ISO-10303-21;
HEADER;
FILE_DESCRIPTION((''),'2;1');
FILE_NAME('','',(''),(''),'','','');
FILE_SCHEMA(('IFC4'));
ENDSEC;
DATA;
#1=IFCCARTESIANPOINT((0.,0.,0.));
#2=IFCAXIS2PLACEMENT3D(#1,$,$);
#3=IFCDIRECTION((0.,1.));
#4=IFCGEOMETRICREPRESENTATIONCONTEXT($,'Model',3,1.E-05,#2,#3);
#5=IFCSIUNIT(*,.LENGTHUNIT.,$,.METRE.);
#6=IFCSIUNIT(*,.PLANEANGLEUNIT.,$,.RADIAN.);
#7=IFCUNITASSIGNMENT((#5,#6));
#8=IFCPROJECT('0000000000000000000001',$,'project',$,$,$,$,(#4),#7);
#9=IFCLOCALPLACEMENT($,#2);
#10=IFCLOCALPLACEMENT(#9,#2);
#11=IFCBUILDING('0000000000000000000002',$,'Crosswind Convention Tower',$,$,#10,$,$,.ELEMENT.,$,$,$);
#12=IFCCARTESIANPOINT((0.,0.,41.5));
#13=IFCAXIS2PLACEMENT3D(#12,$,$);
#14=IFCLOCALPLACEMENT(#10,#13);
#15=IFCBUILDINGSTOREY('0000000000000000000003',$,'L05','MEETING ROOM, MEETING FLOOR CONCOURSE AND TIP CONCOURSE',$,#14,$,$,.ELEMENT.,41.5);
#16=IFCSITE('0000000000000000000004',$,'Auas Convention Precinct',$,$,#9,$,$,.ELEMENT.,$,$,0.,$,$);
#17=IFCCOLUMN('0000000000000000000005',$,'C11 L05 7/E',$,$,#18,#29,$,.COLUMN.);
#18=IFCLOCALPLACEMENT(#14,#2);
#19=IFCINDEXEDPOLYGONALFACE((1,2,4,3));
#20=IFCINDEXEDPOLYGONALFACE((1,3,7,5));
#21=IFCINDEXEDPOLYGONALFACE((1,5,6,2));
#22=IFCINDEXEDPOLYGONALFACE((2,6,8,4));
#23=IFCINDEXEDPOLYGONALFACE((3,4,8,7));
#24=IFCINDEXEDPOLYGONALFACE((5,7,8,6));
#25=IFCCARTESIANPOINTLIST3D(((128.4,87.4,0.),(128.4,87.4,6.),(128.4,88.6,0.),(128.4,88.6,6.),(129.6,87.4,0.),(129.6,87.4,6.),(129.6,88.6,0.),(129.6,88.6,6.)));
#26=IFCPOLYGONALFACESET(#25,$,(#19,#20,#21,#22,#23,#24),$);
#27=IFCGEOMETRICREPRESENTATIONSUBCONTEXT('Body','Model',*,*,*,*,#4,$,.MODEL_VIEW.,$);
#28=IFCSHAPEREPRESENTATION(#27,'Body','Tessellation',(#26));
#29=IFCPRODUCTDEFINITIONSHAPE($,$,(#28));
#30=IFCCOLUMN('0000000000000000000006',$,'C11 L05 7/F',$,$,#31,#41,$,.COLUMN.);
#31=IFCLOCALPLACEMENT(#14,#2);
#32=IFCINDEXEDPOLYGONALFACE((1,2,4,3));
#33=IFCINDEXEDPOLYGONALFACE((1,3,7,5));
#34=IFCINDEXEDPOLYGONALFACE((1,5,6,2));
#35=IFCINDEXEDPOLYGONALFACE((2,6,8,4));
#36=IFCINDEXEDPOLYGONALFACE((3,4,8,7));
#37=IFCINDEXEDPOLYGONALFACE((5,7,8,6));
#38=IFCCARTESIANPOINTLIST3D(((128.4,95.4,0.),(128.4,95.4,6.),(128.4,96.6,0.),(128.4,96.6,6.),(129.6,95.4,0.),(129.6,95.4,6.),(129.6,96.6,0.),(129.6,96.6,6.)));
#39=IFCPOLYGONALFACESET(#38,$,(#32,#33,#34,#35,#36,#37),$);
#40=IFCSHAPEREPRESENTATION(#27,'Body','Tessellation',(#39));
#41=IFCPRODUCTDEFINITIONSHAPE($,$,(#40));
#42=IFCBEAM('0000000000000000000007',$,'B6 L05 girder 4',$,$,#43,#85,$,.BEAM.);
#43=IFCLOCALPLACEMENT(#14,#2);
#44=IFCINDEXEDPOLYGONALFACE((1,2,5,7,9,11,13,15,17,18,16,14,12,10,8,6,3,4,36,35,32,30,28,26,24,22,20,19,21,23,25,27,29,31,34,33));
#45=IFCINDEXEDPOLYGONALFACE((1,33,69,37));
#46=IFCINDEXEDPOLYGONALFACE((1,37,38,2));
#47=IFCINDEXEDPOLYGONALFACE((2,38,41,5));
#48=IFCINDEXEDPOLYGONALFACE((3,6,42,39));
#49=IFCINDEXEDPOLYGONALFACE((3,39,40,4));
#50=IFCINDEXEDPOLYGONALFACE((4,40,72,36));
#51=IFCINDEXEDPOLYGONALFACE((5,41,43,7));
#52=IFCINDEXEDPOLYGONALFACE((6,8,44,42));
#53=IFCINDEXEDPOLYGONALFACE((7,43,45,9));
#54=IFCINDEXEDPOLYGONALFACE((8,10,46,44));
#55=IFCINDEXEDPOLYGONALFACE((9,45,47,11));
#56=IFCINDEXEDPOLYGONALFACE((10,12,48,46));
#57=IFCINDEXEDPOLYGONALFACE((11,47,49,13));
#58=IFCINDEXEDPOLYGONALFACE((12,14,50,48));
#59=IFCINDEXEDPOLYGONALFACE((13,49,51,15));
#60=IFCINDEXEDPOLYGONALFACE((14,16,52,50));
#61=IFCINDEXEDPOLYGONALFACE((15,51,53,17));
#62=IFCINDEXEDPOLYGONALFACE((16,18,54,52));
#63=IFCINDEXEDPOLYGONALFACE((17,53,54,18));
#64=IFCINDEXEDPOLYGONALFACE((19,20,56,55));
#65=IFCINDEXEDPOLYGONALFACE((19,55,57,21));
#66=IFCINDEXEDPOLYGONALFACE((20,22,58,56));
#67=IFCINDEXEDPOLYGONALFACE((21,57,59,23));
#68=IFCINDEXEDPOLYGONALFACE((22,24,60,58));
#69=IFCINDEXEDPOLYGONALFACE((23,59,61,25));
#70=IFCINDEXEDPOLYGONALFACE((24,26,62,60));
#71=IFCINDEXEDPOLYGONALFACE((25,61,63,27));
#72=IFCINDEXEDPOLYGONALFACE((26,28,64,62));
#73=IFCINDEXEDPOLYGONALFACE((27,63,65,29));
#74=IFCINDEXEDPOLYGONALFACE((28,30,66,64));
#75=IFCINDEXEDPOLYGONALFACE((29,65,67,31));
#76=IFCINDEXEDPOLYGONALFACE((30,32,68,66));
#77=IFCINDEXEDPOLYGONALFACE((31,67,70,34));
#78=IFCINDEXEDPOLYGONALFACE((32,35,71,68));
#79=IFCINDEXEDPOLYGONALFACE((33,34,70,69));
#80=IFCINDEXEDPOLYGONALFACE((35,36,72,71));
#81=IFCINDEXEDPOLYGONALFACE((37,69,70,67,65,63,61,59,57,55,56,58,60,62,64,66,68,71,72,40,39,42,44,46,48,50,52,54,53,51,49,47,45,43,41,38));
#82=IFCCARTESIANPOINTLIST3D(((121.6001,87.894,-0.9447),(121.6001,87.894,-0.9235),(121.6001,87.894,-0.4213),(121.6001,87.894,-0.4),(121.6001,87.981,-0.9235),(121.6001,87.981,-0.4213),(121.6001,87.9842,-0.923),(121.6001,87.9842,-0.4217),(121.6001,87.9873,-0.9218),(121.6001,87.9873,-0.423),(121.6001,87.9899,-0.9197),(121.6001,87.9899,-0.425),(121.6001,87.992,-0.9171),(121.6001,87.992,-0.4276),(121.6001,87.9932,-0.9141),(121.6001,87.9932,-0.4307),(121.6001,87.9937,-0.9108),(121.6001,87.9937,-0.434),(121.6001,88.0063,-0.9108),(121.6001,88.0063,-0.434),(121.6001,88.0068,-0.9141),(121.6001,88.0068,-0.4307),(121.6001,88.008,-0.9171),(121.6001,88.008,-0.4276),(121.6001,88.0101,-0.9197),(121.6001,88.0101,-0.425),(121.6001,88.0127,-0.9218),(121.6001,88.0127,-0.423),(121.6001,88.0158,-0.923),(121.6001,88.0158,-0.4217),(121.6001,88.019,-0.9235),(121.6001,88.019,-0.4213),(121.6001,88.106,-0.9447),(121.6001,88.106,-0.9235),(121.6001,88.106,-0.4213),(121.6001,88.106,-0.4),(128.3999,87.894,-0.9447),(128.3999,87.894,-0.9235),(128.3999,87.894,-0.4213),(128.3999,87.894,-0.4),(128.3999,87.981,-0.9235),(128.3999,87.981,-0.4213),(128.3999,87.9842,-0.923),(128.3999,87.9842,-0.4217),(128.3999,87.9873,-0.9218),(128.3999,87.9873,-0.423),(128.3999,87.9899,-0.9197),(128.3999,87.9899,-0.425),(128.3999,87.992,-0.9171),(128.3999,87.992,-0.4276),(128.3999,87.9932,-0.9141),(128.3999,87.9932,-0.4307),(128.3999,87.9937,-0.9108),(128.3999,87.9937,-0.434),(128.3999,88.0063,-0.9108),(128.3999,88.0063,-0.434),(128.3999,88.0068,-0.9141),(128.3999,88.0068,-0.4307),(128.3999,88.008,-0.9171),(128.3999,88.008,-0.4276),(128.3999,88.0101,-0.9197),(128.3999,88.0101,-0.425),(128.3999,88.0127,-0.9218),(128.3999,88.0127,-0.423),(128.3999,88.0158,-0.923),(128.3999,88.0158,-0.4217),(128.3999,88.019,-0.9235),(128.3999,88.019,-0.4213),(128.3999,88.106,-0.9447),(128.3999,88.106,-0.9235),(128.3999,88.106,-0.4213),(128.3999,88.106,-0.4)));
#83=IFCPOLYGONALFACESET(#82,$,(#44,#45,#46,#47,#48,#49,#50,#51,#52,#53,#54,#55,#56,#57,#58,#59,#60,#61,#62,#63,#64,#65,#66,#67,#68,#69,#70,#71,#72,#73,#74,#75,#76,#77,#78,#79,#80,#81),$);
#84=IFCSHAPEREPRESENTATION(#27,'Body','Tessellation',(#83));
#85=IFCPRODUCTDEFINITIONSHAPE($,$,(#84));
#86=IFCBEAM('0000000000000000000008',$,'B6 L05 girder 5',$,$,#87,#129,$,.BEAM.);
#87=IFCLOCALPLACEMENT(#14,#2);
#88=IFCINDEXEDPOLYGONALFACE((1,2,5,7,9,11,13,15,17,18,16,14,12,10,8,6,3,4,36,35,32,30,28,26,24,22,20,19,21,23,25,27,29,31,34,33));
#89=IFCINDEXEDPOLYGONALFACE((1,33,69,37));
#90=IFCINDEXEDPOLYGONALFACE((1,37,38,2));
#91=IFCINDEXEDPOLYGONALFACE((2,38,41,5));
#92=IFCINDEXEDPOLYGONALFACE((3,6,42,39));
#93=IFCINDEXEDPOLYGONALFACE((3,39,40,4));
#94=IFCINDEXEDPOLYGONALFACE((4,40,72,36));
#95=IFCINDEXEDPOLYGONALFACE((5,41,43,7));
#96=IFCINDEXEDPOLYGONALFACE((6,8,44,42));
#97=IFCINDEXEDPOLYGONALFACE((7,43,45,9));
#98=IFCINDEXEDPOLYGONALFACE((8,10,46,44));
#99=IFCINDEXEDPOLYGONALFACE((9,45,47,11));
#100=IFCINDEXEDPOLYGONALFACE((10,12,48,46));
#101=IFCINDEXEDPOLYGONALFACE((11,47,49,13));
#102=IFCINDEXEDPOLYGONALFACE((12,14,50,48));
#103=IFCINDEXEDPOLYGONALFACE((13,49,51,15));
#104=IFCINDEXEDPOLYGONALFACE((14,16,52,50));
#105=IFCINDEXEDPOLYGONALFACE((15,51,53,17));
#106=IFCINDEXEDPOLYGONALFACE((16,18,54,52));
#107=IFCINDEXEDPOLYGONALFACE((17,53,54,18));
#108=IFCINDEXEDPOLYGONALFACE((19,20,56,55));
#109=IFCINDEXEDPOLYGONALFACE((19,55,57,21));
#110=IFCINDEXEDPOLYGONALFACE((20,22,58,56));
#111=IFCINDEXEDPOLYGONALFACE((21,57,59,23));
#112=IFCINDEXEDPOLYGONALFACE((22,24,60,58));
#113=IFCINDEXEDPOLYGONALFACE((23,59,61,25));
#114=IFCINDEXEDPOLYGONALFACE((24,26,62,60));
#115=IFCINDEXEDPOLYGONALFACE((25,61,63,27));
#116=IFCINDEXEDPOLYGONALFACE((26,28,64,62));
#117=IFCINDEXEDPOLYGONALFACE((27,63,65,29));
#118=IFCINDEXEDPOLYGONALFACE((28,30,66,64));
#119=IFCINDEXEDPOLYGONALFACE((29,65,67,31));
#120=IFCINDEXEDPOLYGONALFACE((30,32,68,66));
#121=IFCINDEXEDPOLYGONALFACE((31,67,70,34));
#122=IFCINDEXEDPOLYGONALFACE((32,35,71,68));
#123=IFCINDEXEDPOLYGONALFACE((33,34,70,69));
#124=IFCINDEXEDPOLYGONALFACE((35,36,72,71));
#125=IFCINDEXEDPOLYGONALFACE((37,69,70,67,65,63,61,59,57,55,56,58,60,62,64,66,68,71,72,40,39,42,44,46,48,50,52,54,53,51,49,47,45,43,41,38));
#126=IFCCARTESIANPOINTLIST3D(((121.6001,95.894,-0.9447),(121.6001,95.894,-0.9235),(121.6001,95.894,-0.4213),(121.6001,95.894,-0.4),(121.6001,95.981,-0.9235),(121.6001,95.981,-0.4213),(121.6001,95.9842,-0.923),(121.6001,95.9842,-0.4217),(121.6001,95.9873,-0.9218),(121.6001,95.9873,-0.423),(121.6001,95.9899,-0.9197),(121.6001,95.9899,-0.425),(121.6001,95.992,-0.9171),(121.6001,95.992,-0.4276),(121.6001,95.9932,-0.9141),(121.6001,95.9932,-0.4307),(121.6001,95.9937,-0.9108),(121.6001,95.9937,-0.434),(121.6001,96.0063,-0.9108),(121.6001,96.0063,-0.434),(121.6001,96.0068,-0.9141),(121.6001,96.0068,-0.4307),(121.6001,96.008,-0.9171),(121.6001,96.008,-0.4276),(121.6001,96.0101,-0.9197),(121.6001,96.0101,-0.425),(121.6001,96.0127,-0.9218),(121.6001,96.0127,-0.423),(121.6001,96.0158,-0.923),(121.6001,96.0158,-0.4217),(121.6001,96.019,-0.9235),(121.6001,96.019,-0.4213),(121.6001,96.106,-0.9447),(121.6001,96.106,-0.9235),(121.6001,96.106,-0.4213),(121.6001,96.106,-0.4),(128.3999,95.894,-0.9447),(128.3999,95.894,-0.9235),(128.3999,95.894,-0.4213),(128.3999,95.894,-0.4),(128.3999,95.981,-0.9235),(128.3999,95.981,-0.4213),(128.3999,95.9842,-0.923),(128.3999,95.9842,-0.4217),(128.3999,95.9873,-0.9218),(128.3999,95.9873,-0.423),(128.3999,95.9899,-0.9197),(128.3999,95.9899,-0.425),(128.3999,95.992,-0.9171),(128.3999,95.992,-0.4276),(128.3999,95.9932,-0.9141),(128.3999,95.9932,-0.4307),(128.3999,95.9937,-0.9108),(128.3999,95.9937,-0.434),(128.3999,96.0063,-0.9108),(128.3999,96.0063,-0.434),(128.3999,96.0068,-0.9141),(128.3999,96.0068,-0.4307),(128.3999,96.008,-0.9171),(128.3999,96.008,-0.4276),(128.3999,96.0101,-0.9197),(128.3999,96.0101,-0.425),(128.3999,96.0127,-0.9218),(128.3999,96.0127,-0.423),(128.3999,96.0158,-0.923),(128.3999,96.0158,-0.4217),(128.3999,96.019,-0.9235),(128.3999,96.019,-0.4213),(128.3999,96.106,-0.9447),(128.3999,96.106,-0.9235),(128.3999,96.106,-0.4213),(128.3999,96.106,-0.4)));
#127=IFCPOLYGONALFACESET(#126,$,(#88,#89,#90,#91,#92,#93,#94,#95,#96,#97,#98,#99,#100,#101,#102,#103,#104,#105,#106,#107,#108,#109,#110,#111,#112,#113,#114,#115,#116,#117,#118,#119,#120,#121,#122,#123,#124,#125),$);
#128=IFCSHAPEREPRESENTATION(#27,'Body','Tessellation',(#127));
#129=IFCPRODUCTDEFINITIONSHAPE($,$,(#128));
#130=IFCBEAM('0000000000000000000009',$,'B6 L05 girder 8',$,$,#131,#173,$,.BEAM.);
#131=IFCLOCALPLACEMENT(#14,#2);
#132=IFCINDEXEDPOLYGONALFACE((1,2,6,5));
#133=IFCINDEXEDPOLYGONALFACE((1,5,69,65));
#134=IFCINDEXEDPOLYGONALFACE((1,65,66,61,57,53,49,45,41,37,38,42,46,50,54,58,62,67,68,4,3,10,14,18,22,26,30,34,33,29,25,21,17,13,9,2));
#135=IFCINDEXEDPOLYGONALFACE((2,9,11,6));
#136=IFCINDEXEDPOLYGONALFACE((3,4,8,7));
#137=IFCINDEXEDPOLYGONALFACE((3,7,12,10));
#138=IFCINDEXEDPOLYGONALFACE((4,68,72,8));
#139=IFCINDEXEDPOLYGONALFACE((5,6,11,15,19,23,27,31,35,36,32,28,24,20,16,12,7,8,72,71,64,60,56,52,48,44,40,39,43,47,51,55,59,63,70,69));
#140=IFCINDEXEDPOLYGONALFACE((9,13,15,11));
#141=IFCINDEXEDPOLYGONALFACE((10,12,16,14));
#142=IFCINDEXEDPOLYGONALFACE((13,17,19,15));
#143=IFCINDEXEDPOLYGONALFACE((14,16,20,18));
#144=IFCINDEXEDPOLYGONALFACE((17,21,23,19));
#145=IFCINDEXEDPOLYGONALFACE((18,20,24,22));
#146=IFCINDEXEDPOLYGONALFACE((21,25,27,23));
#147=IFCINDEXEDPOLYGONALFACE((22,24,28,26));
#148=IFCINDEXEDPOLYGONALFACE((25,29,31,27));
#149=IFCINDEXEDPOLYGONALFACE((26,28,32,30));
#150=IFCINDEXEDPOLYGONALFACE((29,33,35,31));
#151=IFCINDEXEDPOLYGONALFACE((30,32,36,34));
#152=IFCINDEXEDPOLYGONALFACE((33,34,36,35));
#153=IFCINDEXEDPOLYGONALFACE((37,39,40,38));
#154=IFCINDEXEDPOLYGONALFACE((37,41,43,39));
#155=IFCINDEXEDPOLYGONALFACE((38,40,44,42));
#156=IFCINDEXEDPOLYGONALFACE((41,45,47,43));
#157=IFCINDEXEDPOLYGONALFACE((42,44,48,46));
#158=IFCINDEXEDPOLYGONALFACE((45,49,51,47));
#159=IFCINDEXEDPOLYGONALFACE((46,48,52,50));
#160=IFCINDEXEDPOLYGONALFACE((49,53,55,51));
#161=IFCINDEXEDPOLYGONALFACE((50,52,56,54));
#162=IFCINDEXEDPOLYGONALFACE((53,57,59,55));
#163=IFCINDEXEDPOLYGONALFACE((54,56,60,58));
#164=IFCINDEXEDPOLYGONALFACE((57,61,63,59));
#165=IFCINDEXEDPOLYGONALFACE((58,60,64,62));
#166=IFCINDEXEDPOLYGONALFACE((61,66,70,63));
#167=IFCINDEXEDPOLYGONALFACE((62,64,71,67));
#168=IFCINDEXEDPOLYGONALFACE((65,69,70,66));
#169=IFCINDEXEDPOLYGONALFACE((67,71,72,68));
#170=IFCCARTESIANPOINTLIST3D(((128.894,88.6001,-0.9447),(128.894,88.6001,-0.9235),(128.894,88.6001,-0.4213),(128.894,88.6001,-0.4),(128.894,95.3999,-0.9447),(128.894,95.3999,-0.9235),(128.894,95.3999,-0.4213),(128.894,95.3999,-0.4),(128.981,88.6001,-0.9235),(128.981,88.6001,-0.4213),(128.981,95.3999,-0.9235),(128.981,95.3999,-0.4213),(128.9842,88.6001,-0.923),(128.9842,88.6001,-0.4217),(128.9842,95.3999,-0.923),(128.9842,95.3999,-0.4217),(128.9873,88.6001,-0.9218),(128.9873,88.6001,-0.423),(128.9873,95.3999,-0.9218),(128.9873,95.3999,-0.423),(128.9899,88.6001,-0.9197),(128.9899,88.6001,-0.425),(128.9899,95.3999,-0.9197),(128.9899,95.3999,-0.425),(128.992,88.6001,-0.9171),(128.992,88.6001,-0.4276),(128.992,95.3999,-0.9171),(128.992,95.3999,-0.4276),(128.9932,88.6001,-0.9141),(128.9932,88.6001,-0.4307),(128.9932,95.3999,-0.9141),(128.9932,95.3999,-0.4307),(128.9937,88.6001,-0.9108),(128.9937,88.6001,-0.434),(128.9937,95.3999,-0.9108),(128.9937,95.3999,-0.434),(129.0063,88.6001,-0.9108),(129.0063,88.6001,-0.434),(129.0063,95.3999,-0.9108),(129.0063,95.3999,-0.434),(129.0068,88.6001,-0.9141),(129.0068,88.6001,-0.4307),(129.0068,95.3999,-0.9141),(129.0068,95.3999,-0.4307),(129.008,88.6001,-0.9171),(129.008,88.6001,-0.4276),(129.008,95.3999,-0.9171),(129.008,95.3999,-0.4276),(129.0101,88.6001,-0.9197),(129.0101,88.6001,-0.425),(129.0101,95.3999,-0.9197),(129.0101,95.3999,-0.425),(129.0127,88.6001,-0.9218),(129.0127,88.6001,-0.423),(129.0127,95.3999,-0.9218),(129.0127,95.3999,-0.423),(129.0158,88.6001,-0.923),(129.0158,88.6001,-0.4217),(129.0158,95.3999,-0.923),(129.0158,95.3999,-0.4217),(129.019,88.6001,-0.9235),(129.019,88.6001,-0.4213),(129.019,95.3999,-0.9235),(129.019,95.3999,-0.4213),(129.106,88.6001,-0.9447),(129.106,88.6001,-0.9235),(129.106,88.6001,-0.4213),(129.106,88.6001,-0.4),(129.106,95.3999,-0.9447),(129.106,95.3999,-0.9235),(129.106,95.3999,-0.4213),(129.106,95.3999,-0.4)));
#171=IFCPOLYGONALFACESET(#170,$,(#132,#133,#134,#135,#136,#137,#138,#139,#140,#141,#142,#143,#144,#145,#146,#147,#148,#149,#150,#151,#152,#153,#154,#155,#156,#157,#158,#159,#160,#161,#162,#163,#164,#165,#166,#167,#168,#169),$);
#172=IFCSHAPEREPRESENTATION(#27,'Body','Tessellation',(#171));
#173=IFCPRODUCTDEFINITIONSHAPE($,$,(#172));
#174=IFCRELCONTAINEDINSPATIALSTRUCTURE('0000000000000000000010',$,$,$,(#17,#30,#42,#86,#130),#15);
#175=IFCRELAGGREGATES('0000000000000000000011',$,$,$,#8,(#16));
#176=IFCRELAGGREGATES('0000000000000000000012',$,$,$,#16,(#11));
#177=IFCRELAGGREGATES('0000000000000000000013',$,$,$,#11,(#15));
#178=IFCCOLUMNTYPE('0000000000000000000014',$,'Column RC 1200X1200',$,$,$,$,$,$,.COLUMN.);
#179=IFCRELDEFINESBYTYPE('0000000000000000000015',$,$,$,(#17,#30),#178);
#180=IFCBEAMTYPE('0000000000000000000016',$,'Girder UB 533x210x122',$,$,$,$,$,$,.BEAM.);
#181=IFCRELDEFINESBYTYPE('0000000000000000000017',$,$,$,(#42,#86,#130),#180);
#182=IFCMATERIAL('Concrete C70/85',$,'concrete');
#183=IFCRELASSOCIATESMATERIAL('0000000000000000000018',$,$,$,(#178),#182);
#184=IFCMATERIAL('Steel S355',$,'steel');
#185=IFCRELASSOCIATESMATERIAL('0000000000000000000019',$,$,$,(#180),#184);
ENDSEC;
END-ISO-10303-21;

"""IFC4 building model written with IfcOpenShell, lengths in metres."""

from ifc_helpers import new_model, si_unit, direction, frame, origin, origin_2d, place, context, subcontext, project, spatial, rectangle, i_section, extrude, material, material_profile, profile_set, type_object, element, save


model = new_model("IFC4")

# Units and contexts
model_context = context("Model", 3, precision=1e-05, world=origin(), true_north=direction((0.0, 1.0)))
body_context = subcontext(model_context, "Body", "Model", "MODEL_VIEW")
ifc_project = project(units=[si_unit("LENGTHUNIT", "METRE"), si_unit("PLANEANGLEUNIT", "RADIAN")], contexts=[model_context])

# Site, building, storey
site_placement = place(None, origin())
site = spatial("IfcSite", under=ifc_project, at=site_placement, Name="Auas Convention Precinct", CompositionType="ELEMENT", RefElevation=0.0)
building_placement = place(site_placement, origin())
building = spatial("IfcBuilding", under=site, at=building_placement, Name="Crosswind Convention Tower", CompositionType="ELEMENT")
storey_placement = place(building_placement, frame((0.0, 0.0, 41.5)))
storey = spatial("IfcBuildingStorey", under=building, at=storey_placement, Name="L05", Description="MEETING ROOM, MEETING FLOOR CONCOURSE AND TIP CONCOURSE", CompositionType="ELEMENT", Elevation=41.5)

# Columns
ifc_material_1 = material(Name="Concrete C70/85", Category="concrete")
ifc_material_profile_1 = material_profile(ifc_material_1, rectangle(XDim=1.2, YDim=1.2, at=origin_2d()), Name="RC 1200X1200")
ifc_profile_set_1 = profile_set([ifc_material_profile_1], Name="Concrete C70/85")
column_type = type_object("IfcColumnType", Name="Column RC 1200X1200", PredefinedType="COLUMN", material=ifc_profile_set_1)
for number, where, z_axis, x_axis, name in (
    (1, (129.0, 88.0, 0.0), (0.0, 0.0, 1.0), (1.0, 0.0, 0.0), "C11 L05 7/E"),
    (2, (129.0, 96.0, 0.0), (0.0, 0.0, 1.0), (1.0, 0.0, 0.0), "C11 L05 7/F"),
):
    element("IfcColumn", number, at=place(storey_placement, frame(where, z_axis=z_axis, x_axis=x_axis)), inside=storey, type_object=column_type, Name=name, PredefinedType="COLUMN", context=body_context, shape_type="SweptSolid", body=[
        extrude(rectangle(XDim=1.2, YDim=1.2, at=origin_2d()), origin(), (0.0, 0.0, 1.0), 6.0),
    ])

# Beams
ifc_material_2 = material(Name="Steel S355", Category="steel")
ifc_material_profile_2 = material_profile(ifc_material_2, i_section(OverallWidth=0.2119, OverallDepth=0.5447, WebThickness=0.0127, FlangeThickness=0.0212, FilletRadius=0.0127, at=origin_2d()), Name="UB 533x210x122")
ifc_profile_set_2 = profile_set([ifc_material_profile_2], Name="Steel S355")
beam_type_1 = type_object("IfcBeamType", Name="Girder UB 533x210x122", PredefinedType="BEAM", material=ifc_profile_set_2)
for number, where, z_axis, x_axis, name in (
    (3, (121.6001, 88.0, -0.6724), (1.0, 0.0, 0.0), (0.0, 1.0, 0.0), "B6 L05 girder 4"),
    (4, (121.6001, 96.0, -0.6724), (1.0, 0.0, 0.0), (0.0, 1.0, 0.0), "B6 L05 girder 5"),
    (5, (129.0, 88.6001, -0.6724), (0.0, 1.0, 0.0), (-1.0, 0.0, 0.0), "B6 L05 girder 8"),
):
    element("IfcBeam", number, at=place(storey_placement, frame(where, z_axis=z_axis, x_axis=x_axis)), inside=storey, type_object=beam_type_1, Name=name, PredefinedType="BEAM", context=body_context, shape_type="SweptSolid", body=[
        extrude(i_section(OverallWidth=0.2119, OverallDepth=0.5447, WebThickness=0.0127, FlangeThickness=0.0212, FilletRadius=0.0127, at=origin_2d()), origin(), (0.0, 0.0, 1.0), 6.7998),
    ])

save(model, "model.ifc")
